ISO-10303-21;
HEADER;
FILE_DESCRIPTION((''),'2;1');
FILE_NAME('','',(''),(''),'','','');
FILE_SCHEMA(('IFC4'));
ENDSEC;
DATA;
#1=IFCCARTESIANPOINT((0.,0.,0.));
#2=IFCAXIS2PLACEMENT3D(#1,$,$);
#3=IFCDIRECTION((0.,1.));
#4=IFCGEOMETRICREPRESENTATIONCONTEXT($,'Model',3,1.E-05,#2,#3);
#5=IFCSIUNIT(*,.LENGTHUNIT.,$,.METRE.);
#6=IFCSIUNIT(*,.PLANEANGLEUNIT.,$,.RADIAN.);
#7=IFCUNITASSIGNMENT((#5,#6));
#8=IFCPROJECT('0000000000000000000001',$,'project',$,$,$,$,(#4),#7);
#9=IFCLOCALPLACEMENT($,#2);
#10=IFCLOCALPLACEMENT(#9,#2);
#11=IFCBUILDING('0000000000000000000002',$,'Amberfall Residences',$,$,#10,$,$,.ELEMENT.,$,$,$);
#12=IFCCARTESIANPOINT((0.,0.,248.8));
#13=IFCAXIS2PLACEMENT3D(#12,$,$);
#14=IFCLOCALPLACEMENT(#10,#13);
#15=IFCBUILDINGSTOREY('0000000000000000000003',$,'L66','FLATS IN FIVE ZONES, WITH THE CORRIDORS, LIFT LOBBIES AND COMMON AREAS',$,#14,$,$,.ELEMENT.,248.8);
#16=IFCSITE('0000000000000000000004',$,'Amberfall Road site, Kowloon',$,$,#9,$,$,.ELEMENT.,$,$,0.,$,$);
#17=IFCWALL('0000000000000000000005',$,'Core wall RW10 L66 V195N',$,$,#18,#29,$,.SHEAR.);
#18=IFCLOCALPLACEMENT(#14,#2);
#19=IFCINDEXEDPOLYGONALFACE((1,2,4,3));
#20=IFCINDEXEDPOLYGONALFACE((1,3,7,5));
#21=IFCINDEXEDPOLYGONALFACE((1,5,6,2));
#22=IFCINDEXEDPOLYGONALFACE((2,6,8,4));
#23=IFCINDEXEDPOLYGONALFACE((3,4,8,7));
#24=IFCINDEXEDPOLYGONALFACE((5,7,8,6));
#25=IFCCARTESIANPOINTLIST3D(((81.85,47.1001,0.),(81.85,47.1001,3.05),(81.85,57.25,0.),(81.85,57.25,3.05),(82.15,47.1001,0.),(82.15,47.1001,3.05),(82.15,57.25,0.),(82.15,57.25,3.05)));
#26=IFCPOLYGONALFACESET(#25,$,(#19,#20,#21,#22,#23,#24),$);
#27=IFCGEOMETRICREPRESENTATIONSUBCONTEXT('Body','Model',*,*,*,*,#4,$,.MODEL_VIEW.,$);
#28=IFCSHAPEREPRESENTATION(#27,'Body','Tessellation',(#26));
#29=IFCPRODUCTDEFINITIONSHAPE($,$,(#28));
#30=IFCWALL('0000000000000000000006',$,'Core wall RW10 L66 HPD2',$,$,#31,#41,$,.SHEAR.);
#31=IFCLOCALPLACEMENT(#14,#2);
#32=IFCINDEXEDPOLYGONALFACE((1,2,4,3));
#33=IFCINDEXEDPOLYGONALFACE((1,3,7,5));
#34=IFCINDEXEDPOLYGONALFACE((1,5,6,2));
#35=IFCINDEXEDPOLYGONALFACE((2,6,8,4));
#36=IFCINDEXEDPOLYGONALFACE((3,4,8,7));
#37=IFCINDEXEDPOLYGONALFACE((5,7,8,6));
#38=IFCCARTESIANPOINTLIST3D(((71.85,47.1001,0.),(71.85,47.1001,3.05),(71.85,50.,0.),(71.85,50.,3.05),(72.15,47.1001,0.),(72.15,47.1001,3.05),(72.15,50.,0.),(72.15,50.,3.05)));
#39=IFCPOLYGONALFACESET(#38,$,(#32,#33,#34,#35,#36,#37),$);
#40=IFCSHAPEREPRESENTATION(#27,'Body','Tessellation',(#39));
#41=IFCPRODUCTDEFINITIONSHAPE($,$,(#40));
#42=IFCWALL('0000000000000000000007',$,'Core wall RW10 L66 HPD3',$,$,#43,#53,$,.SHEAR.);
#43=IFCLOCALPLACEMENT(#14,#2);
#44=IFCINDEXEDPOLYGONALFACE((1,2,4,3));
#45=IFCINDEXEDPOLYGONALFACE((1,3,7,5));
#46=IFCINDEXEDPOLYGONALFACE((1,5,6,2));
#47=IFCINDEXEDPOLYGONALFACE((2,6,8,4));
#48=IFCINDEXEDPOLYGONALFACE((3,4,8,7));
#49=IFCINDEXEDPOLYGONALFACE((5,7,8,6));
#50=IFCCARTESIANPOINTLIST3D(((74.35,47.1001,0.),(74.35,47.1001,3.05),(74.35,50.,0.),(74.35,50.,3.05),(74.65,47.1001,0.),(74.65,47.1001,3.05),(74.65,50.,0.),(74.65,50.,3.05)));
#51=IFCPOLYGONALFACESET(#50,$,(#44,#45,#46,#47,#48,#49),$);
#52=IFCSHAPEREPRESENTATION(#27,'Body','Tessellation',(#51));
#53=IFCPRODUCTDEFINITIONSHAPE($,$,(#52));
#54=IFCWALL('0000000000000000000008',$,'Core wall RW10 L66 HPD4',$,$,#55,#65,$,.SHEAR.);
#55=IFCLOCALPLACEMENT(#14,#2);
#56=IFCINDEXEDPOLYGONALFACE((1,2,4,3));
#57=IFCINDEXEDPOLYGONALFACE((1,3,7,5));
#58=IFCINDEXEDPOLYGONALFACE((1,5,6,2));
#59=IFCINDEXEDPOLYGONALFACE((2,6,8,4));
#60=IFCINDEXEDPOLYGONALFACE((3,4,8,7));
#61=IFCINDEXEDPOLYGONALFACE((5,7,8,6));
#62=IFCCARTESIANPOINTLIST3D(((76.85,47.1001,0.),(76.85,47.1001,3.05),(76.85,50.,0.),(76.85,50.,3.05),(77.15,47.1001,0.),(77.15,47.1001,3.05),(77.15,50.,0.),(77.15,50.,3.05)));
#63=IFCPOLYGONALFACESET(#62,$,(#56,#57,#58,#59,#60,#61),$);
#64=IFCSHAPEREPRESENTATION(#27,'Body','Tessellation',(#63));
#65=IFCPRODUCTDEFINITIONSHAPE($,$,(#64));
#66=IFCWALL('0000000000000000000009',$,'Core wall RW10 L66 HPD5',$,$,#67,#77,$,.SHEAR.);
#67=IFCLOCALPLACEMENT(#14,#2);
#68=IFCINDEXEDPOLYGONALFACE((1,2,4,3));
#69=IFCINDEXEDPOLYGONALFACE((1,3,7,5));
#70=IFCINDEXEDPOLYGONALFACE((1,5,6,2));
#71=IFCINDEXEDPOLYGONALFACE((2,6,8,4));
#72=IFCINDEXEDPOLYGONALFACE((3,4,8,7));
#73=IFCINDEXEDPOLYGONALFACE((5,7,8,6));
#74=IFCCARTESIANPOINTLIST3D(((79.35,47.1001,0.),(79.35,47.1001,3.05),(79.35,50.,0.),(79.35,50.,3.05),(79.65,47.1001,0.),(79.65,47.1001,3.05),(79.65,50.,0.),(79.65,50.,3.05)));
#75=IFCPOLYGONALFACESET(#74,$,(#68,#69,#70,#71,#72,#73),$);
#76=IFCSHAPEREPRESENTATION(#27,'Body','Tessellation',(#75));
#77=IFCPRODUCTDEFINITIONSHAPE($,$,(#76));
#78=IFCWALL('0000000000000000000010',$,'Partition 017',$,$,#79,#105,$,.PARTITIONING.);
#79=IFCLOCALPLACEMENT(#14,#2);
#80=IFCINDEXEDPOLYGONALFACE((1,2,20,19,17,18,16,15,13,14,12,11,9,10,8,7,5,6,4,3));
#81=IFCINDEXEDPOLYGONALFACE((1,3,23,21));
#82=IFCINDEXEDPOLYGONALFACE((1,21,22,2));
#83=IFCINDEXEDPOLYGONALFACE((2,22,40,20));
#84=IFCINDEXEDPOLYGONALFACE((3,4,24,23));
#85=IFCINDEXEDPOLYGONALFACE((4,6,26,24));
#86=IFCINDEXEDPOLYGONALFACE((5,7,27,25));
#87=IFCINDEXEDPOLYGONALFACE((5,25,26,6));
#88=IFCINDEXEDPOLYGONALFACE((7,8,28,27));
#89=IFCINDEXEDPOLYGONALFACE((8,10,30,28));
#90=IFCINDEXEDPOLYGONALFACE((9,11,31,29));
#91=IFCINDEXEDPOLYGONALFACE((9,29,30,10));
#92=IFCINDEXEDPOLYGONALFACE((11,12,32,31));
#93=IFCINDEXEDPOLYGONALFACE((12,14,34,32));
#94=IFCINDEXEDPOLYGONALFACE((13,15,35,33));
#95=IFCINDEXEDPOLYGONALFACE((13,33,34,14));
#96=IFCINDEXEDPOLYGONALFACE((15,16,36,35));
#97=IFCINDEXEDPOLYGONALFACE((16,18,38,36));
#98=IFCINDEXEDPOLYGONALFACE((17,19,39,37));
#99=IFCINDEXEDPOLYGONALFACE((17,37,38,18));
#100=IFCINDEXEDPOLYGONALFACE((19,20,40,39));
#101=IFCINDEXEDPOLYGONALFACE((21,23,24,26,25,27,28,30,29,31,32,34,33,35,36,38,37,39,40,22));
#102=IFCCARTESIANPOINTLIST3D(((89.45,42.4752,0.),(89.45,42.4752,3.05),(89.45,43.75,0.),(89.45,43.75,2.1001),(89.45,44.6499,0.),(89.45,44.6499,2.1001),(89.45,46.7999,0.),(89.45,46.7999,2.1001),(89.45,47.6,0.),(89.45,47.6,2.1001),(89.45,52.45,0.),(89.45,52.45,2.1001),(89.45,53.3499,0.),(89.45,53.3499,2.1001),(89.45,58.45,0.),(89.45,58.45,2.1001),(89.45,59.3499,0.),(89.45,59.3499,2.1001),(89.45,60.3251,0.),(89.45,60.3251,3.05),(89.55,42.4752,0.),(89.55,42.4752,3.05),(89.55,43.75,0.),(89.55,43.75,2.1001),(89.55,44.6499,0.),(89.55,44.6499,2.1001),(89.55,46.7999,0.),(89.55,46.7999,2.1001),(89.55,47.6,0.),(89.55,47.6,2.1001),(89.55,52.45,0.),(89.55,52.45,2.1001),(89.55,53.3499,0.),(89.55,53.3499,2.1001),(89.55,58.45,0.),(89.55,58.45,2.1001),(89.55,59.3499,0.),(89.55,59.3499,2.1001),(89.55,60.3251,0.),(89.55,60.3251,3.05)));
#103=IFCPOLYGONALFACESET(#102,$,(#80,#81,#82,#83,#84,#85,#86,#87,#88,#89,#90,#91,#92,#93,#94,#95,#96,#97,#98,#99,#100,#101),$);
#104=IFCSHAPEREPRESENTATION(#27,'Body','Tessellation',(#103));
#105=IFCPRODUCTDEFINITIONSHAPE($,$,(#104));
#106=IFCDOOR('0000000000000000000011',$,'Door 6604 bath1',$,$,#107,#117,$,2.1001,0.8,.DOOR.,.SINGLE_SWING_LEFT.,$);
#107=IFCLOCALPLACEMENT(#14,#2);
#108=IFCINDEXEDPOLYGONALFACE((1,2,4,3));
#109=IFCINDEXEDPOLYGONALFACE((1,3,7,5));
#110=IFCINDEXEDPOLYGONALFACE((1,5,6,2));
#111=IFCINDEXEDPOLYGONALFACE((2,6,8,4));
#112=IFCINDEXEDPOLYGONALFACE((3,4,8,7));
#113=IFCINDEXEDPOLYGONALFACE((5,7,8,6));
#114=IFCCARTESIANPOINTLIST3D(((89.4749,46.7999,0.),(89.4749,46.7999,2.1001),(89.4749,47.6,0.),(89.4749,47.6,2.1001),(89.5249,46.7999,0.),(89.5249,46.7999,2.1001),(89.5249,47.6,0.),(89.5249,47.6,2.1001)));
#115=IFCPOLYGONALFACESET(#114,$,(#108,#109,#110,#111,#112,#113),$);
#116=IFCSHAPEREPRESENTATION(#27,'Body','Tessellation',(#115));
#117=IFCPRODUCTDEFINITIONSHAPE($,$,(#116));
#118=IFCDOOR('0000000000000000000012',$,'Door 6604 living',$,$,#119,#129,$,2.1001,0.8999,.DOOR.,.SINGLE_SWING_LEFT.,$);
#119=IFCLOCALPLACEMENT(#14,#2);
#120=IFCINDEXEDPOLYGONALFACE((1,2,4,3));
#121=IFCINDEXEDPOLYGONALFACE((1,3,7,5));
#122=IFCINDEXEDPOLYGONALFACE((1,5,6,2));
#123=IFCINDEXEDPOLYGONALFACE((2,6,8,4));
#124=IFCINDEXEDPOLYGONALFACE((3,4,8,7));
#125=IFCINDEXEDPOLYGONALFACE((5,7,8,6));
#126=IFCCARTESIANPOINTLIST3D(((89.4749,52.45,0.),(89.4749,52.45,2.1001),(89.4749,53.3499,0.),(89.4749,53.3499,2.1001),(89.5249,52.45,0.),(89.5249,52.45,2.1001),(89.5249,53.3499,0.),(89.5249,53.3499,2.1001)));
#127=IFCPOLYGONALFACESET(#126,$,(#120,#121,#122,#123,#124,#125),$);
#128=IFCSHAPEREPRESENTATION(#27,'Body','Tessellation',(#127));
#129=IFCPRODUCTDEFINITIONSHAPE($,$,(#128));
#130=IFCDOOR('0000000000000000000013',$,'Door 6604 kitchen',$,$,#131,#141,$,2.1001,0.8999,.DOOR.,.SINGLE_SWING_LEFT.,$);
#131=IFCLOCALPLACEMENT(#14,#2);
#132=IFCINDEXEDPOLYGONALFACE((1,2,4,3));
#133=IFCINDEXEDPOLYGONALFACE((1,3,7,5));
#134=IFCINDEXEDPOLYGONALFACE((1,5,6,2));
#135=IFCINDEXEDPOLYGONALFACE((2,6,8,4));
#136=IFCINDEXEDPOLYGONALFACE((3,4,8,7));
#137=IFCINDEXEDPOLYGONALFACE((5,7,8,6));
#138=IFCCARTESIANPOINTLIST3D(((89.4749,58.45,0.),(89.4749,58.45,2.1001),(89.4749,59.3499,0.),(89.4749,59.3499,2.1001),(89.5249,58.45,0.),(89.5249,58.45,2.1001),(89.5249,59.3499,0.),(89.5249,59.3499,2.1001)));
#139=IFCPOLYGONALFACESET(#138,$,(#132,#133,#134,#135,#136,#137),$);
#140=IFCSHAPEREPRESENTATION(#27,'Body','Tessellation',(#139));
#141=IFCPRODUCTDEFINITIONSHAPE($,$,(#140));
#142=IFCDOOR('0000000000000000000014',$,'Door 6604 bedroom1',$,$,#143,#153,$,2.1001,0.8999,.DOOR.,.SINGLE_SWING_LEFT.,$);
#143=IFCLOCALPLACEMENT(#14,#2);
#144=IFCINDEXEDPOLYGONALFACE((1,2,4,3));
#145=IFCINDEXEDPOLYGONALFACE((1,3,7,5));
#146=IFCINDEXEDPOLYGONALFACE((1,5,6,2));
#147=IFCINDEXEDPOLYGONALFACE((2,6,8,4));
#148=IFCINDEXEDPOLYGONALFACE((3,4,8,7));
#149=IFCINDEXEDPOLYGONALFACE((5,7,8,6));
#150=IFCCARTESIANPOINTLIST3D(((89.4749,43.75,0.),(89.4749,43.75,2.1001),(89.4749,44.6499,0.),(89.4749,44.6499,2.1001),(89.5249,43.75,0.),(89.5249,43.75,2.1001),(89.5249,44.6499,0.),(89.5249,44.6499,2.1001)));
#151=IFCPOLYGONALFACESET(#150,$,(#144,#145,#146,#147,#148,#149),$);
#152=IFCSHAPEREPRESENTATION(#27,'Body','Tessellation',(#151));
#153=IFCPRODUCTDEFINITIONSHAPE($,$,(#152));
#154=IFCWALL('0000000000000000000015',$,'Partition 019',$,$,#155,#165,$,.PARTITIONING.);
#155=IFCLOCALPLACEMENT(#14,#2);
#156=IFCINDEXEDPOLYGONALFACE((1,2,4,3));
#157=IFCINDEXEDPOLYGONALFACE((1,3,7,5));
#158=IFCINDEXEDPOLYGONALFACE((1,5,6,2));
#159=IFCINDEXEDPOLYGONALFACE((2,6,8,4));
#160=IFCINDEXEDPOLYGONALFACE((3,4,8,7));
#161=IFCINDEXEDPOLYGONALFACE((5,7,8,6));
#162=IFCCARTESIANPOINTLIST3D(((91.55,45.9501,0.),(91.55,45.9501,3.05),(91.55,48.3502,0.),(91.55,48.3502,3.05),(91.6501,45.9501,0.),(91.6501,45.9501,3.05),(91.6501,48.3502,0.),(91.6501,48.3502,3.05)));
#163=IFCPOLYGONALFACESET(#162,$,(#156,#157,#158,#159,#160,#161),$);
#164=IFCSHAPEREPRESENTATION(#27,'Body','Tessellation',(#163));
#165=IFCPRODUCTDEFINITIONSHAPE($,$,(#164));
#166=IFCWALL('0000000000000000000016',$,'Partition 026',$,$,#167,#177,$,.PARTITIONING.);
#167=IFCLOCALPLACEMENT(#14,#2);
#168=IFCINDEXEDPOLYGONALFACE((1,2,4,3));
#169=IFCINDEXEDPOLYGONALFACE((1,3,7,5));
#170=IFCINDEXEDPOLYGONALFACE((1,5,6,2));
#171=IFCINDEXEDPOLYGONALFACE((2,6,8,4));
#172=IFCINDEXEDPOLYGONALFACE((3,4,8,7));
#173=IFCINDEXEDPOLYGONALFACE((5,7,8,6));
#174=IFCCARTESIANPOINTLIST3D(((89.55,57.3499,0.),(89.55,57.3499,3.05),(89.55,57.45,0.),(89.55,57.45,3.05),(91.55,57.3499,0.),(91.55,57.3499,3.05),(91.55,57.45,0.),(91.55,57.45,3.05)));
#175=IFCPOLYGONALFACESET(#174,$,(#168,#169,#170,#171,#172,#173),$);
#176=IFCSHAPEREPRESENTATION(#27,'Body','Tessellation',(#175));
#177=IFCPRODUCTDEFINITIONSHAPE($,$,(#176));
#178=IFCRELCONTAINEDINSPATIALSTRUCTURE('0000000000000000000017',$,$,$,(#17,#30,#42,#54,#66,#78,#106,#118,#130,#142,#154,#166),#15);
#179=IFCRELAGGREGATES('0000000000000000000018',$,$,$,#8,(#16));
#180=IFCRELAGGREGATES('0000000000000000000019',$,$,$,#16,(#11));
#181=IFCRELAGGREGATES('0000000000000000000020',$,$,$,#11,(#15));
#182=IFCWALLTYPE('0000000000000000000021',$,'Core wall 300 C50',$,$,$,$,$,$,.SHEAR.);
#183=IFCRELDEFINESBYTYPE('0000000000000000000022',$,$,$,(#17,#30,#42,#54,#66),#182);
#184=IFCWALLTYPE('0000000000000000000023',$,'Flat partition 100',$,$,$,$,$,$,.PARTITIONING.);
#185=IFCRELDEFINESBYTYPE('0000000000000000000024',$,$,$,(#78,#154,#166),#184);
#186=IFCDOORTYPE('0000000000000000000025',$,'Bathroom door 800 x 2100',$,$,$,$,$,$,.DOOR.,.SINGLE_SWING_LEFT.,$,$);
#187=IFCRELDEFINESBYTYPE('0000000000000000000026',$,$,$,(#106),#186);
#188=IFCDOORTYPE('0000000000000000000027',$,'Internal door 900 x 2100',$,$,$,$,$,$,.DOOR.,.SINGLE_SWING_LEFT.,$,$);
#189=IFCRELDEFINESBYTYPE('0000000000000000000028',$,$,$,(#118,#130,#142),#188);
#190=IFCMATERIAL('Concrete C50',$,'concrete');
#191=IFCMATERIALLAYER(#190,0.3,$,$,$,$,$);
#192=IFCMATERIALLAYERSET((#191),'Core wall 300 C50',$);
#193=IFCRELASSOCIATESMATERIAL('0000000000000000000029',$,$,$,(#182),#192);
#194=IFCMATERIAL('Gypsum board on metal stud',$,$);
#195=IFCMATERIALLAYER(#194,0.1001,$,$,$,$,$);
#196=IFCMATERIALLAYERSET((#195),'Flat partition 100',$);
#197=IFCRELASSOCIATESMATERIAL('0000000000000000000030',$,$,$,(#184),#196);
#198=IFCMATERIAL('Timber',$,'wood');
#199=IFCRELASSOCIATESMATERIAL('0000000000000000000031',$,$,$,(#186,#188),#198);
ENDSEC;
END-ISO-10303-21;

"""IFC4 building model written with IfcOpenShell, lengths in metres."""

from ifc_helpers import new_model, si_unit, direction, frame, frame_2d, origin, place, context, subcontext, project, spatial, rectangle, extrude, material, layer, layer_set, type_object, element, fill, save


model = new_model("IFC4")

# Units and contexts
model_context = context("Model", 3, precision=1e-05, world=origin(), true_north=direction((0.0, 1.0)))
body_context = subcontext(model_context, "Body", "Model", "MODEL_VIEW")
ifc_project = project(units=[si_unit("LENGTHUNIT", "METRE"), si_unit("PLANEANGLEUNIT", "RADIAN")], contexts=[model_context])

# Site, building, storey
site_placement = place(None, origin())
site = spatial("IfcSite", under=ifc_project, at=site_placement, Name="Amberfall Road site, Kowloon", CompositionType="ELEMENT", RefElevation=0.0)
building_placement = place(site_placement, origin())
building = spatial("IfcBuilding", under=site, at=building_placement, Name="Amberfall Residences", CompositionType="ELEMENT")
storey_placement = place(building_placement, frame((0.0, 0.0, 248.8)))
storey = spatial("IfcBuildingStorey", under=building, at=storey_placement, Name="L66", Description="FLATS IN FIVE ZONES, WITH THE CORRIDORS, LIFT LOBBIES AND COMMON AREAS", CompositionType="ELEMENT", Elevation=248.8)

# Walls
ifc_material_1 = material(Name="Concrete C50", Category="concrete")
ifc_layer_1 = layer(ifc_material_1, 0.3)
ifc_layer_set_1 = layer_set([ifc_layer_1], Name="Core wall 300 C50")
wall_type_1 = type_object("IfcWallType", Name="Core wall 300 C50", PredefinedType="SHEAR", material=ifc_layer_set_1)
wall_1_placement = place(storey_placement, frame((82.0, 47.1001, 0.0), z_axis=(0.0, 0.0, 1.0), x_axis=(0.0, 1.0, 0.0)))
element("IfcWall", 1, at=wall_1_placement, inside=storey, type_object=wall_type_1, Name="Core wall RW10 L66 V195N", PredefinedType="SHEAR", context=body_context, shape_type="SweptSolid", body=[
    extrude(rectangle(XDim=10.1499, YDim=0.3, at=frame_2d((5.075, 0.0))), origin(), (0.0, 0.0, 1.0), 3.05),
])
for number, where, z_axis, x_axis, name in (
    (2, (72.0, 47.1001, 0.0), (0.0, 0.0, 1.0), (0.0, 1.0, 0.0), "Core wall RW10 L66 HPD2"),
    (3, (74.5, 47.1001, 0.0), (0.0, 0.0, 1.0), (0.0, 1.0, 0.0), "Core wall RW10 L66 HPD3"),
    (4, (77.0, 47.1001, 0.0), (0.0, 0.0, 1.0), (0.0, 1.0, 0.0), "Core wall RW10 L66 HPD4"),
    (5, (79.5, 47.1001, 0.0), (0.0, 0.0, 1.0), (0.0, 1.0, 0.0), "Core wall RW10 L66 HPD5"),
):
    element("IfcWall", number, at=place(storey_placement, frame(where, z_axis=z_axis, x_axis=x_axis)), inside=storey, type_object=wall_type_1, Name=name, PredefinedType="SHEAR", context=body_context, shape_type="SweptSolid", body=[
        extrude(rectangle(XDim=2.8999, YDim=0.3, at=frame_2d((1.45, 0.0))), origin(), (0.0, 0.0, 1.0), 3.05),
    ])

# Wall, openings, doors
ifc_material_2 = material(Name="Gypsum board on metal stud")
ifc_layer_2 = layer(ifc_material_2, 0.1001)
ifc_layer_set_2 = layer_set([ifc_layer_2], Name="Flat partition 100")
wall_type_2 = type_object("IfcWallType", Name="Flat partition 100", PredefinedType="PARTITIONING", material=ifc_layer_set_2)
wall_2_placement = place(storey_placement, frame((89.5, 60.325, 0.0), z_axis=(0.0, 0.0, 1.0), x_axis=(0.0, -1.0, 0.0)))
wall_2 = element("IfcWall", 6, at=wall_2_placement, inside=storey, type_object=wall_type_2, Name="Partition 017", PredefinedType="PARTITIONING", context=body_context, shape_type="SweptSolid", body=[
    extrude(rectangle(XDim=17.8499, YDim=0.1001, at=frame_2d((8.9248, 0.0))), origin(), (0.0, 0.0, 1.0), 3.05),
])
opening_1_placement = place(wall_2_placement, frame((6.9751, 0.0, 0.0)))
opening_1 = element("IfcOpeningElement", 7, at=opening_1_placement, cuts=wall_2, PredefinedType="OPENING", context=body_context, shape_type="SweptSolid", body=[
    extrude(rectangle(XDim=0.8999, YDim=2.1001, at=frame_2d((0.45, 1.05))), frame((0.0, 0.0601, 0.0), z_axis=(0.0, -1.0, 0.0), x_axis=(1.0, 0.0, 0.0)), (0.0, 0.0, 1.0), 0.1201),
])
opening_2_placement = place(wall_2_placement, frame((0.9751, 0.0, 0.0)))
opening_2 = element("IfcOpeningElement", 8, at=opening_2_placement, cuts=wall_2, PredefinedType="OPENING", context=body_context, shape_type="SweptSolid", body=[
    extrude(rectangle(XDim=0.8999, YDim=2.1001, at=frame_2d((0.45, 1.05))), frame((0.0, 0.0601, 0.0), z_axis=(0.0, -1.0, 0.0), x_axis=(1.0, 0.0, 0.0)), (0.0, 0.0, 1.0), 0.1201),
])
opening_3_placement = place(wall_2_placement, frame((15.675, 0.0, 0.0)))
opening_3 = element("IfcOpeningElement", 9, at=opening_3_placement, cuts=wall_2, PredefinedType="OPENING", context=body_context, shape_type="SweptSolid", body=[
    extrude(rectangle(XDim=0.8999, YDim=2.1001, at=frame_2d((0.45, 1.05))), frame((0.0, 0.0601, 0.0), z_axis=(0.0, -1.0, 0.0), x_axis=(1.0, 0.0, 0.0)), (0.0, 0.0, 1.0), 0.1201),
])
opening_4_placement = place(wall_2_placement, frame((12.7251, 0.0, 0.0)))
opening_4 = element("IfcOpeningElement", 10, at=opening_4_placement, cuts=wall_2, PredefinedType="OPENING", context=body_context, shape_type="SweptSolid", body=[
    extrude(rectangle(XDim=0.8, YDim=2.1001, at=frame_2d((0.3999, 1.05))), frame((0.0, 0.0601, 0.0), z_axis=(0.0, -1.0, 0.0), x_axis=(1.0, 0.0, 0.0)), (0.0, 0.0, 1.0), 0.1201),
])
ifc_material_3 = material(Name="Timber", Category="wood")
door_type_1 = type_object("IfcDoorType", Name="Bathroom door 800 x 2100", OperationType="SINGLE_SWING_LEFT", PredefinedType="DOOR", material=ifc_material_3)
door_1_placement = place(opening_4_placement, origin())
door_1 = element("IfcDoor", 11, at=door_1_placement, inside=storey, type_object=door_type_1, Name="Door 6604 bath1", OperationType="SINGLE_SWING_LEFT", OverallHeight=2.1001, OverallWidth=0.8, PredefinedType="DOOR", context=body_context, shape_type="SweptSolid", body=[
    extrude(rectangle(XDim=0.8, YDim=2.1001, at=frame_2d((0.3999, 1.05))), frame((0.0, 0.0249, 0.0), z_axis=(0.0, -1.0, 0.0), x_axis=(1.0, 0.0, 0.0)), (0.0, 0.0, 1.0), 0.05),
])
fill(opening_4, door_1)
door_type_2 = type_object("IfcDoorType", Name="Internal door 900 x 2100", OperationType="SINGLE_SWING_LEFT", PredefinedType="DOOR", material=ifc_material_3)
door_2_placement = place(opening_1_placement, origin())
door_2 = element("IfcDoor", 12, at=door_2_placement, inside=storey, type_object=door_type_2, Name="Door 6604 living", OperationType="SINGLE_SWING_LEFT", OverallHeight=2.1001, OverallWidth=0.8999, PredefinedType="DOOR", context=body_context, shape_type="SweptSolid", body=[
    extrude(rectangle(XDim=0.8999, YDim=2.1001, at=frame_2d((0.45, 1.05))), frame((0.0, 0.0249, 0.0), z_axis=(0.0, -1.0, 0.0), x_axis=(1.0, 0.0, 0.0)), (0.0, 0.0, 1.0), 0.05),
])
fill(opening_1, door_2)
door_3_placement = place(opening_2_placement, origin())
door_3 = element("IfcDoor", 13, at=door_3_placement, inside=storey, type_object=door_type_2, Name="Door 6604 kitchen", OperationType="SINGLE_SWING_LEFT", OverallHeight=2.1001, OverallWidth=0.8999, PredefinedType="DOOR", context=body_context, shape_type="SweptSolid", body=[
    extrude(rectangle(XDim=0.8999, YDim=2.1001, at=frame_2d((0.45, 1.05))), frame((0.0, 0.0249, 0.0), z_axis=(0.0, -1.0, 0.0), x_axis=(1.0, 0.0, 0.0)), (0.0, 0.0, 1.0), 0.05),
])
fill(opening_2, door_3)
door_4_placement = place(opening_3_placement, origin())
door_4 = element("IfcDoor", 14, at=door_4_placement, inside=storey, type_object=door_type_2, Name="Door 6604 bedroom1", OperationType="SINGLE_SWING_LEFT", OverallHeight=2.1001, OverallWidth=0.8999, PredefinedType="DOOR", context=body_context, shape_type="SweptSolid", body=[
    extrude(rectangle(XDim=0.8999, YDim=2.1001, at=frame_2d((0.45, 1.05))), frame((0.0, 0.0249, 0.0), z_axis=(0.0, -1.0, 0.0), x_axis=(1.0, 0.0, 0.0)), (0.0, 0.0, 1.0), 0.05),
])
fill(opening_3, door_4)

# Walls
wall_3_placement = place(storey_placement, frame((91.6001, 45.95, 0.0), z_axis=(0.0, 0.0, 1.0), x_axis=(0.0, 1.0, 0.0)))
element("IfcWall", 15, at=wall_3_placement, inside=storey, type_object=wall_type_2, Name="Partition 019", PredefinedType="PARTITIONING", context=body_context, shape_type="SweptSolid", body=[
    extrude(rectangle(XDim=2.4001, YDim=0.1001, at=frame_2d((1.2002, 0.0))), origin(), (0.0, 0.0, 1.0), 3.05),
])
wall_4_placement = place(storey_placement, frame((89.55, 57.3999, 0.0), z_axis=(0.0, 0.0, 1.0), x_axis=(1.0, 0.0, 0.0)))
element("IfcWall", 16, at=wall_4_placement, inside=storey, type_object=wall_type_2, Name="Partition 026", PredefinedType="PARTITIONING", context=body_context, shape_type="SweptSolid", body=[
    extrude(rectangle(XDim=2.0, YDim=0.1001, at=frame_2d((1.0, 0.0))), origin(), (0.0, 0.0, 1.0), 3.05),
])

save(model, "model.ifc")
